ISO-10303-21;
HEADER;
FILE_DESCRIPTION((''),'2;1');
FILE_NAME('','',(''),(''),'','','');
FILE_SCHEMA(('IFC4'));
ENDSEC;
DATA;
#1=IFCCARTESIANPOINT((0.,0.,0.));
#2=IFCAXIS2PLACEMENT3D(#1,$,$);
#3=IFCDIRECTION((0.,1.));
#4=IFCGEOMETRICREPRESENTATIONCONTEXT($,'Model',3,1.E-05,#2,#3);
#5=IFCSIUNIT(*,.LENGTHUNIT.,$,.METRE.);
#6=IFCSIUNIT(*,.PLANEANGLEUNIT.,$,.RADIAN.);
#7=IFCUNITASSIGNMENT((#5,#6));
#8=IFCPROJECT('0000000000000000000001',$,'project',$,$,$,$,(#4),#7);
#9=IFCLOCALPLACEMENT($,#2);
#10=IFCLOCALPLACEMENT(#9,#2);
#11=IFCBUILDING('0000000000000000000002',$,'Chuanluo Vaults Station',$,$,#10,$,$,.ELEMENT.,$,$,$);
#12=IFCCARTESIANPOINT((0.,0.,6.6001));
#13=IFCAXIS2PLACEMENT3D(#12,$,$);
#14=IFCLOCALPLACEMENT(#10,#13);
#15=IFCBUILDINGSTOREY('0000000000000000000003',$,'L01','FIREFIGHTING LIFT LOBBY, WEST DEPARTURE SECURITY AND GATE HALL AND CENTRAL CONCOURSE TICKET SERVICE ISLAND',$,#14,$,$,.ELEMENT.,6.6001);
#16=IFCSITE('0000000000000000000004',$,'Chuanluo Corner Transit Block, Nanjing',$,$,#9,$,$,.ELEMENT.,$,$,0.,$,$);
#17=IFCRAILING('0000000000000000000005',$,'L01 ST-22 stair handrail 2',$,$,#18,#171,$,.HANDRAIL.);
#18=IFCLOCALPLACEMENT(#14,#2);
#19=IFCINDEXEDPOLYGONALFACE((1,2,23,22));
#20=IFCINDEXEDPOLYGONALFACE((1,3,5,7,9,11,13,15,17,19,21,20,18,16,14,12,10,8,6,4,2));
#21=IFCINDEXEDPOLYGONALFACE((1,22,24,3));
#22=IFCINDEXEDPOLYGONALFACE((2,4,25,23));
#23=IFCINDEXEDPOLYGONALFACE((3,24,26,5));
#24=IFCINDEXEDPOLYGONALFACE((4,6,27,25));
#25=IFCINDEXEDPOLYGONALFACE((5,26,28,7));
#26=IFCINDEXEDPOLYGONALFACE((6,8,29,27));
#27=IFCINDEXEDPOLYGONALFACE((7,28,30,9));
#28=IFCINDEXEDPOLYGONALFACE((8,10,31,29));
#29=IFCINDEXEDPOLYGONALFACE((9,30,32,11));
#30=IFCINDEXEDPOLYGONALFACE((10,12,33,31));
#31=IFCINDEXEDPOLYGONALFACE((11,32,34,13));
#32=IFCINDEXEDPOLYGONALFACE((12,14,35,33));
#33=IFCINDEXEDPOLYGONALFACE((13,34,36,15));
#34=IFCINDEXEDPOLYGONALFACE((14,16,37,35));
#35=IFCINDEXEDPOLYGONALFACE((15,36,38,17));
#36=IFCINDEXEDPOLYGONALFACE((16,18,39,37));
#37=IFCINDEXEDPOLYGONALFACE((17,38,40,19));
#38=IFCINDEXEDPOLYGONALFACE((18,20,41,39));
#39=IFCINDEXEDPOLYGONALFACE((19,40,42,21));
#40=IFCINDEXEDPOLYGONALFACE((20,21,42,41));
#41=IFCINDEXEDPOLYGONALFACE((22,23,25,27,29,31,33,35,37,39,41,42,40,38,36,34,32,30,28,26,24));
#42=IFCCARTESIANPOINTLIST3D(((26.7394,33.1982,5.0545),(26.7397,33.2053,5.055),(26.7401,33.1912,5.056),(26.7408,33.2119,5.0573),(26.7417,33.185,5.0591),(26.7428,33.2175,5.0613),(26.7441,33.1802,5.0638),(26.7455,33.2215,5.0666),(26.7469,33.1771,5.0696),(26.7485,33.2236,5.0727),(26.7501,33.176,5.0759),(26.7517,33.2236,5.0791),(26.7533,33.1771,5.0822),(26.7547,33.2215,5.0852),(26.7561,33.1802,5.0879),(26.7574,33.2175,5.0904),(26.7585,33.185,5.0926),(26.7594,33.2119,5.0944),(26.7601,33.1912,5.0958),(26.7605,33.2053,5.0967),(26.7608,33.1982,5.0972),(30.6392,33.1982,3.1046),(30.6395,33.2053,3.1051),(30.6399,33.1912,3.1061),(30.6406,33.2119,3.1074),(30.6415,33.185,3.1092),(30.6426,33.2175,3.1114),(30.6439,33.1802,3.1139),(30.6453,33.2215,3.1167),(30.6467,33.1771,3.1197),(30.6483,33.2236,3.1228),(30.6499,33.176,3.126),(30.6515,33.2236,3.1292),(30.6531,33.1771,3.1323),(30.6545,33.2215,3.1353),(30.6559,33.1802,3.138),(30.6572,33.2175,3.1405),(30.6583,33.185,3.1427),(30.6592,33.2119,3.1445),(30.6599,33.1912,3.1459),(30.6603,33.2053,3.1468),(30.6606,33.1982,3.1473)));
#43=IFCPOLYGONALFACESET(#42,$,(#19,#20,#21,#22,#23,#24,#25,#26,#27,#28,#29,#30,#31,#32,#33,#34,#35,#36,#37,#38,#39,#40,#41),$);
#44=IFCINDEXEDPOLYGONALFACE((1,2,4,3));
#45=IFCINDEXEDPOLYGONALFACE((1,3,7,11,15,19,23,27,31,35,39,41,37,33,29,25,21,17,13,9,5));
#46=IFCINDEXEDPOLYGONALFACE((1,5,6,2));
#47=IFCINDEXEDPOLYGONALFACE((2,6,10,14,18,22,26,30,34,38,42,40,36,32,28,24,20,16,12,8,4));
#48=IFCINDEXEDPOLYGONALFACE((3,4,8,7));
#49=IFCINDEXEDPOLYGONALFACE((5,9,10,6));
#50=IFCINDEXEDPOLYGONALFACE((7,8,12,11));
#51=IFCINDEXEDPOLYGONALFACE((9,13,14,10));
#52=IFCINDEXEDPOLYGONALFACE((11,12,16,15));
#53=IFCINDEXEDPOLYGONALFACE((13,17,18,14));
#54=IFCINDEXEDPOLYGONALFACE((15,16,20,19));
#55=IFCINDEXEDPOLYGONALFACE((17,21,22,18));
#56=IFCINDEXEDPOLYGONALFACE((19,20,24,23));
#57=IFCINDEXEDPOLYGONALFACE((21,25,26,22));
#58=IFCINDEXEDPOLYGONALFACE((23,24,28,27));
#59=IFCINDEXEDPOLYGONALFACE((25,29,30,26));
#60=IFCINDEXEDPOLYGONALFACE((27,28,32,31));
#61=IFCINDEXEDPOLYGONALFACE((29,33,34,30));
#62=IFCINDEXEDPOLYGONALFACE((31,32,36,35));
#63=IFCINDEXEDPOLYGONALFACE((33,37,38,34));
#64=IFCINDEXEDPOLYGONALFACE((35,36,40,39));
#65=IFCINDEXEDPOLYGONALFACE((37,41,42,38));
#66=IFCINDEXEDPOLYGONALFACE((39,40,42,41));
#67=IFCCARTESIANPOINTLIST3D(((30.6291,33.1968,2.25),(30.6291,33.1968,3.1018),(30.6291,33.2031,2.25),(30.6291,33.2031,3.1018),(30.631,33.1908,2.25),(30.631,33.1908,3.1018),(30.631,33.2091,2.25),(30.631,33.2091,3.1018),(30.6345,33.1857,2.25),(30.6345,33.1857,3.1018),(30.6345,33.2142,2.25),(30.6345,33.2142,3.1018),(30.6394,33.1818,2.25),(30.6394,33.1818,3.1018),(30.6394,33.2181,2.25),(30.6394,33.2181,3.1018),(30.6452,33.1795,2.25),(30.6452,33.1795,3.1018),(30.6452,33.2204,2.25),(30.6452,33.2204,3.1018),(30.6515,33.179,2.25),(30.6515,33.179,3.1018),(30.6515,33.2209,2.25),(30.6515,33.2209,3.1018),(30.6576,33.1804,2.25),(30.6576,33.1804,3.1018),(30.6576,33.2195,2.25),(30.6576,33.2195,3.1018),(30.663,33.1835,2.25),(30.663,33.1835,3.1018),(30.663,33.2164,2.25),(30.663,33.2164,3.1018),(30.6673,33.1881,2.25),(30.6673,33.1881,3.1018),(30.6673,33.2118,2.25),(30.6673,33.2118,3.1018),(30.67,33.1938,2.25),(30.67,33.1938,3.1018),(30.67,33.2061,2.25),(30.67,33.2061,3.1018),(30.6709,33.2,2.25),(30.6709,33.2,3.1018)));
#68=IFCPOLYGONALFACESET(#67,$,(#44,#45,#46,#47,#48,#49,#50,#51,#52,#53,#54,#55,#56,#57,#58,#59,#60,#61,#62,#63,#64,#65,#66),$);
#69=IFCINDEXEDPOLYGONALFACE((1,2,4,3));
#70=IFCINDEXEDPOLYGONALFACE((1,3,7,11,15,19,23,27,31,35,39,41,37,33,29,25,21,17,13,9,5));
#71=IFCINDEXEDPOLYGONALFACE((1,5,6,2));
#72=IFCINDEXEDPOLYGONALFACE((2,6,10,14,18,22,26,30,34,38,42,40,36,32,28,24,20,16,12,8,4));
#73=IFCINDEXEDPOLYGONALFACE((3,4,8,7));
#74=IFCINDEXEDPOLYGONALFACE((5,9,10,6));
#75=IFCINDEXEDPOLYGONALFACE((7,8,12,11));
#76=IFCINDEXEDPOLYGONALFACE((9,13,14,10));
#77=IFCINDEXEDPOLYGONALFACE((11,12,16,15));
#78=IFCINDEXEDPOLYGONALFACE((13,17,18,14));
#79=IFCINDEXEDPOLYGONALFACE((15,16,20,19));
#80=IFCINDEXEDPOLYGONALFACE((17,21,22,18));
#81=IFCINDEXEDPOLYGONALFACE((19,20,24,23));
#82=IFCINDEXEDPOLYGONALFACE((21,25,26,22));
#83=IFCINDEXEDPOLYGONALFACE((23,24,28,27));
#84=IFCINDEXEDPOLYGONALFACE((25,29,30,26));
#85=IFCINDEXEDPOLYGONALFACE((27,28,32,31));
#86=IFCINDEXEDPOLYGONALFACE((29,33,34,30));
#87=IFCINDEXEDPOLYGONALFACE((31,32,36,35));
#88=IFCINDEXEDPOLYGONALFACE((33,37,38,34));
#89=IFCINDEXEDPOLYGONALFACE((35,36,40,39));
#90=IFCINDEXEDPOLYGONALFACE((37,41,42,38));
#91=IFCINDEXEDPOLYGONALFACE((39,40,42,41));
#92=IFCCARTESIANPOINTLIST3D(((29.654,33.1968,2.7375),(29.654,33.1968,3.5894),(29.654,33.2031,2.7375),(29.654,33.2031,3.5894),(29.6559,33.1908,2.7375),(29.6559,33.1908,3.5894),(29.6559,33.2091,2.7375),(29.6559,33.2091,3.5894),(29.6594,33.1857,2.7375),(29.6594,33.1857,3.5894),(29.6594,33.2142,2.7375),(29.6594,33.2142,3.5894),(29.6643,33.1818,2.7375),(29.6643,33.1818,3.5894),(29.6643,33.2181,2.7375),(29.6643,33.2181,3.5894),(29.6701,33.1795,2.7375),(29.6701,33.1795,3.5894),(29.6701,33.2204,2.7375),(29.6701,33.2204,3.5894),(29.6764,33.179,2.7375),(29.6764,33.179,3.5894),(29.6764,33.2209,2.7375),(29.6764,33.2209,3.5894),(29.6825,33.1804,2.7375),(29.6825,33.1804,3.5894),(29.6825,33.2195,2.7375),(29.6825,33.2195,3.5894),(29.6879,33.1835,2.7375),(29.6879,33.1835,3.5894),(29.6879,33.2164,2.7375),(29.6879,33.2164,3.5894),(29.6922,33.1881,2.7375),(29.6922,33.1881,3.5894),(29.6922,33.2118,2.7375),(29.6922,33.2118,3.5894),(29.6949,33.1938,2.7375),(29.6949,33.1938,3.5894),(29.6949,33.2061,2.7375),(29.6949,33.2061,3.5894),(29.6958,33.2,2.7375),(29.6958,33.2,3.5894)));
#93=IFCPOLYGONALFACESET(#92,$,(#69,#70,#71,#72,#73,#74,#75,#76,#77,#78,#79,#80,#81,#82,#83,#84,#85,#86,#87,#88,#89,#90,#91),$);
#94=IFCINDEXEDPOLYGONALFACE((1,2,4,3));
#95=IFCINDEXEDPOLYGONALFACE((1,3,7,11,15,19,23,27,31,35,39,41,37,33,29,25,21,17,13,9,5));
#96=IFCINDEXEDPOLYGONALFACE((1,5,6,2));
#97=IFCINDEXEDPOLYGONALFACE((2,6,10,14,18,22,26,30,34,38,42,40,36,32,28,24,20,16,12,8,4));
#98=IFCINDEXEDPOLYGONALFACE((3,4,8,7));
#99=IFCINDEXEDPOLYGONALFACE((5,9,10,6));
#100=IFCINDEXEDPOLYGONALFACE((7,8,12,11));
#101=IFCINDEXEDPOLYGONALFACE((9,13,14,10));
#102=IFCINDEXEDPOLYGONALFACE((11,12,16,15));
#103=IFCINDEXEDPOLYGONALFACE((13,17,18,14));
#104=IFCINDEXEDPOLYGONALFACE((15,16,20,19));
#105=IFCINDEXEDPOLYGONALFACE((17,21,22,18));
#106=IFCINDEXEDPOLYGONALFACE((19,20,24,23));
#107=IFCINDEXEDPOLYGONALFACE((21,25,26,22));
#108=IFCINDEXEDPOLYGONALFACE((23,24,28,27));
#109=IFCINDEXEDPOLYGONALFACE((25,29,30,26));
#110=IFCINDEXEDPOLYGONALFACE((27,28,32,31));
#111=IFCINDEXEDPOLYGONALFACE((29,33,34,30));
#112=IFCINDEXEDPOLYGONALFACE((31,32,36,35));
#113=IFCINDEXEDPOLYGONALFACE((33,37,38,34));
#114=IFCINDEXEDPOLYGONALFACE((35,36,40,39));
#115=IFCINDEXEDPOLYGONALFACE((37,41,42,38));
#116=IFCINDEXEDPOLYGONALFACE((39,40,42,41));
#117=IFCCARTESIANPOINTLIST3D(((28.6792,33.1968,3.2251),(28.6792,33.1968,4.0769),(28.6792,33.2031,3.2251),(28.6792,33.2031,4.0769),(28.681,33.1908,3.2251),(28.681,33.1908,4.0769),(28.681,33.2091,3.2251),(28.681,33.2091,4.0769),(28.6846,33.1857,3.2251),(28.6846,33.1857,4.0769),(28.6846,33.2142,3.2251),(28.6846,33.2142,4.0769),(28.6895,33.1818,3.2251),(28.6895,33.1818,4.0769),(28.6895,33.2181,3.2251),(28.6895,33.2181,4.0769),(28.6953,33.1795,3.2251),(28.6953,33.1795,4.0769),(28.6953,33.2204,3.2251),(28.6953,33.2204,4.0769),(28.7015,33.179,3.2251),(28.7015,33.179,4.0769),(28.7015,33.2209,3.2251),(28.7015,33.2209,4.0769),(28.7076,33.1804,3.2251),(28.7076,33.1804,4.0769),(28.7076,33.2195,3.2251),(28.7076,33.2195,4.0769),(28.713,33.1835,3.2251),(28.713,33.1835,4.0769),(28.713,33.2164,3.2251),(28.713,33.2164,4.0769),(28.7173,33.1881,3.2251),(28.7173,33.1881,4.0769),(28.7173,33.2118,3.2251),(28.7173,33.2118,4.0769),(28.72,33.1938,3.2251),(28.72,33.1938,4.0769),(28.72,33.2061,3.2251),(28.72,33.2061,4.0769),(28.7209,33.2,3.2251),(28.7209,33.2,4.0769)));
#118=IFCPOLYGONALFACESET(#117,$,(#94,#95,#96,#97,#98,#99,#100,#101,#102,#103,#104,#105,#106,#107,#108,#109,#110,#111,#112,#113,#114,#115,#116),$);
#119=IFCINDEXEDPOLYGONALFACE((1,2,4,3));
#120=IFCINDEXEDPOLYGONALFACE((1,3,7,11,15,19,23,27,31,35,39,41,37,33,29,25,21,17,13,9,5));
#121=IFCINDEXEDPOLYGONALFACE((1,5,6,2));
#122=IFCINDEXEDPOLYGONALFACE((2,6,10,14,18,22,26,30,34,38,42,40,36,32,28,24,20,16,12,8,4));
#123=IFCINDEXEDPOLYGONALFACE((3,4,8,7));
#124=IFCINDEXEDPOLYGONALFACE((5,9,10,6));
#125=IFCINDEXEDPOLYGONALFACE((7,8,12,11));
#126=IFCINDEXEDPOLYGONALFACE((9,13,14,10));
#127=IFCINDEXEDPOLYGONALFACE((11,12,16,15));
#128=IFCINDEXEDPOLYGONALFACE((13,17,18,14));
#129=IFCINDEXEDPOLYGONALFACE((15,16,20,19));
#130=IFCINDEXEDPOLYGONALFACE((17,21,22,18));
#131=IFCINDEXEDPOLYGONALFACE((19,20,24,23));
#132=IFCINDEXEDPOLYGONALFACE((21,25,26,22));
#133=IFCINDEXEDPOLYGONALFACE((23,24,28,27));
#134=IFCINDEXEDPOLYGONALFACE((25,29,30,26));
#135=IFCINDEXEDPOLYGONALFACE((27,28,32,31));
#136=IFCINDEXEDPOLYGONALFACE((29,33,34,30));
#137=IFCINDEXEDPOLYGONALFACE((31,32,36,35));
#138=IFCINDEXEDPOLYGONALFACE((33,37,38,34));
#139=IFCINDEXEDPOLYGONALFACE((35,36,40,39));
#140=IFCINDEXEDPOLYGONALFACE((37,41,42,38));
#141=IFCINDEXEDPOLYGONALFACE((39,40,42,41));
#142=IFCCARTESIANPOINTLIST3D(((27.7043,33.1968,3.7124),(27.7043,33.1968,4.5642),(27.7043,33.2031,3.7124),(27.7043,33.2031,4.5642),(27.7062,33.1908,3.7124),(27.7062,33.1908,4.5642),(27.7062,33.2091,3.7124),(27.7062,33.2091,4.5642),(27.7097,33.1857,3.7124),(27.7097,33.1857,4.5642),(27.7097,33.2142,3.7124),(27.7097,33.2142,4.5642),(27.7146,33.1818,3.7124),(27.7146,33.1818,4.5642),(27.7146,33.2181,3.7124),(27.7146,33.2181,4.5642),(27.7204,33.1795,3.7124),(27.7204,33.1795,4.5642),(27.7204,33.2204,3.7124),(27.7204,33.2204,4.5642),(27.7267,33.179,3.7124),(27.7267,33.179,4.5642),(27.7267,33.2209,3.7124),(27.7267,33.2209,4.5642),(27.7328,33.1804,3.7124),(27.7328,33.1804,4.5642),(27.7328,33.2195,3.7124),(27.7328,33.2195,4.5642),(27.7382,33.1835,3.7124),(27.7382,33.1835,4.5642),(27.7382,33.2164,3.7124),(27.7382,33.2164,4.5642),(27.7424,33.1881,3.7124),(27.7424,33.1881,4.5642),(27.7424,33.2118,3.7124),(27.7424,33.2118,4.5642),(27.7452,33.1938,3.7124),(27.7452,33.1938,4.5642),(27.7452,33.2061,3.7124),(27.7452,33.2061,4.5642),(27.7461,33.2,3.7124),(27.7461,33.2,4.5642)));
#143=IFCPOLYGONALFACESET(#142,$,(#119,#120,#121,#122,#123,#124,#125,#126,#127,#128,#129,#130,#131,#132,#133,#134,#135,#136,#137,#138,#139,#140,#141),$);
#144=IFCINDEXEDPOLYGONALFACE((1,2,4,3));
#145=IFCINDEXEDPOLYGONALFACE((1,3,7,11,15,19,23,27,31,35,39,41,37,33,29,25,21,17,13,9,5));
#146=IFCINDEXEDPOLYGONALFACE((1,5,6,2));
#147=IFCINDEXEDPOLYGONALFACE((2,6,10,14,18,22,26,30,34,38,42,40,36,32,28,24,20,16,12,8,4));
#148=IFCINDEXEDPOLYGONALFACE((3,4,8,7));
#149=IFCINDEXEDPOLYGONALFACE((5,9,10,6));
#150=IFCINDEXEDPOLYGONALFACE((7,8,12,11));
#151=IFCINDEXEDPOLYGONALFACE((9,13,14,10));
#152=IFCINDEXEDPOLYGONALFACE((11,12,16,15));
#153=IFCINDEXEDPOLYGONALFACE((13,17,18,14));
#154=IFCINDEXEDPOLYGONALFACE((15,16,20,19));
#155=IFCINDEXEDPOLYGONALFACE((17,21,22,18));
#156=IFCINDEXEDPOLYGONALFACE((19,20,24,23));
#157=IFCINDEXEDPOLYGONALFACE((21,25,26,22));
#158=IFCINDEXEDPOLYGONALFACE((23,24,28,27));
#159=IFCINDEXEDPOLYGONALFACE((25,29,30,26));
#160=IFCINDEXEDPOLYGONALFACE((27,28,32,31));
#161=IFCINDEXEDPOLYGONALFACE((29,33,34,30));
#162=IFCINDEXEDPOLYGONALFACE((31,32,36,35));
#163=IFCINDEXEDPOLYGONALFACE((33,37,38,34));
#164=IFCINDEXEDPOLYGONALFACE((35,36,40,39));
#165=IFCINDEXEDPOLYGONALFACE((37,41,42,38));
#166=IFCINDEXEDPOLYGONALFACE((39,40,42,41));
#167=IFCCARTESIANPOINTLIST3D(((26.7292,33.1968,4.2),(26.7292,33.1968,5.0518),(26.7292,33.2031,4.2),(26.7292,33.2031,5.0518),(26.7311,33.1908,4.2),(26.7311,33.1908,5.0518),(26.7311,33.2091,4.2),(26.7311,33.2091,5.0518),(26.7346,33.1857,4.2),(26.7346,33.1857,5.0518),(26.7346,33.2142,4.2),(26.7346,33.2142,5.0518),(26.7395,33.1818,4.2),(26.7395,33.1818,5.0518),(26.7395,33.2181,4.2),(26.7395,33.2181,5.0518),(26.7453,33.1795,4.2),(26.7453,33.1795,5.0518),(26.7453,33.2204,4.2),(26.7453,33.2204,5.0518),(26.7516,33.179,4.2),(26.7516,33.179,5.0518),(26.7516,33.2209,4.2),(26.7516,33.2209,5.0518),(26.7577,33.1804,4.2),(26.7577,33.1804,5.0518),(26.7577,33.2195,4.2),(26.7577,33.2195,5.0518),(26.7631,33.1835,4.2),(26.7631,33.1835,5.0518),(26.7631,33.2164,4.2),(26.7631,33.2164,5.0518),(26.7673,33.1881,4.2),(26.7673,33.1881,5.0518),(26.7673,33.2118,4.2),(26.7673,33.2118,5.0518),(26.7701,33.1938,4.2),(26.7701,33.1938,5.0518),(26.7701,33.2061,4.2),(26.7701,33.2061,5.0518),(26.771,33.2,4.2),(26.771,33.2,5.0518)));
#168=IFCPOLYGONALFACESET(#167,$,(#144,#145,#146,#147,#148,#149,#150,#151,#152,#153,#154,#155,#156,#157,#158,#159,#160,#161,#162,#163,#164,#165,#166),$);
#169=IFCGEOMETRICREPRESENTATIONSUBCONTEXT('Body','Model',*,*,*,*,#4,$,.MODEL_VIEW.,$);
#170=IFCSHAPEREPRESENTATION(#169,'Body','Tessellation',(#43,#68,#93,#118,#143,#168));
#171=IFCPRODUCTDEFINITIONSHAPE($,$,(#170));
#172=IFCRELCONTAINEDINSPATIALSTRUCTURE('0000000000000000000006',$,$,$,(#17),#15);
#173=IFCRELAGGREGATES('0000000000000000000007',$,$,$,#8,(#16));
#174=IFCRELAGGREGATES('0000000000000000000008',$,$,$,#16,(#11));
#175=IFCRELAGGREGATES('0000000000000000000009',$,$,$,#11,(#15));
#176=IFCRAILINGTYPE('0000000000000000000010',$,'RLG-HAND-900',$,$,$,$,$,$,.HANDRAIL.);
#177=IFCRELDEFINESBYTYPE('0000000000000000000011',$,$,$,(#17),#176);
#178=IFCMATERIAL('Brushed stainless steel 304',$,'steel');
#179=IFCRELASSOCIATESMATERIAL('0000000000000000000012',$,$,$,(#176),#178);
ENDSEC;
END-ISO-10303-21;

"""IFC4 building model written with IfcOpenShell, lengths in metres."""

from ifc_helpers import new_model, si_unit, direction, frame, origin, origin_2d, place, context, subcontext, project, spatial, circle, extrude, material, type_object, element, save


model = new_model("IFC4")

# Units and contexts
model_context = context("Model", 3, precision=1e-05, world=origin(), true_north=direction((0.0, 1.0)))
body_context = subcontext(model_context, "Body", "Model", "MODEL_VIEW")
ifc_project = project(units=[si_unit("LENGTHUNIT", "METRE"), si_unit("PLANEANGLEUNIT", "RADIAN")], contexts=[model_context])

# Site, building, storey
site_placement = place(None, origin())
site = spatial("IfcSite", under=ifc_project, at=site_placement, Name="Chuanluo Corner Transit Block, Nanjing", CompositionType="ELEMENT", RefElevation=0.0)
building_placement = place(site_placement, origin())
building = spatial("IfcBuilding", under=site, at=building_placement, Name="Chuanluo Vaults Station", CompositionType="ELEMENT")
storey_placement = place(building_placement, frame((0.0, 0.0, 6.6001)))
storey = spatial("IfcBuildingStorey", under=building, at=storey_placement, Name="L01", Description="FIREFIGHTING LIFT LOBBY, WEST DEPARTURE SECURITY AND GATE HALL AND CENTRAL CONCOURSE TICKET SERVICE ISLAND", CompositionType="ELEMENT", Elevation=6.6001)

# Railing
ifc_material_1 = material(Name="Brushed stainless steel 304", Category="steel")
railing_type_1 = type_object("IfcRailingType", Name="RLG-HAND-900", PredefinedType="HANDRAIL", material=ifc_material_1)
railing_1_placement = place(storey_placement, frame((30.6499, 33.2, 2.25)))
element("IfcRailing", 1, at=railing_1_placement, inside=storey, type_object=railing_type_1, Name="L01 ST-22 stair handrail 2", PredefinedType="HANDRAIL", context=body_context, shape_type="SweptSolid", body=[
    extrude(circle(Radius=0.0239, at=origin_2d()), frame((0.0, 0.0, 0.876), z_axis=(-0.894427, 0.0, 0.447214), x_axis=(0.0, -1.0, 0.0)), (0.0, 0.0, 1.0), 4.3601),
    extrude(circle(Radius=0.021, at=origin_2d()), origin(), (0.0, 0.0, 1.0), 0.8518),
    extrude(circle(Radius=0.021, at=origin_2d()), frame((-0.9751, 0.0, 0.4875)), (0.0, 0.0, 1.0), 0.8518),
    extrude(circle(Radius=0.021, at=origin_2d()), frame((-1.95, 0.0, 0.9751)), (0.0, 0.0, 1.0), 0.8518),
    extrude(circle(Radius=0.021, at=origin_2d()), frame((-2.9248, 0.0, 1.4624)), (0.0, 0.0, 1.0), 0.8518),
    extrude(circle(Radius=0.021, at=origin_2d()), frame((-3.8999, 0.0, 1.95)), (0.0, 0.0, 1.0), 0.8518),
])

save(model, "model.ifc")
